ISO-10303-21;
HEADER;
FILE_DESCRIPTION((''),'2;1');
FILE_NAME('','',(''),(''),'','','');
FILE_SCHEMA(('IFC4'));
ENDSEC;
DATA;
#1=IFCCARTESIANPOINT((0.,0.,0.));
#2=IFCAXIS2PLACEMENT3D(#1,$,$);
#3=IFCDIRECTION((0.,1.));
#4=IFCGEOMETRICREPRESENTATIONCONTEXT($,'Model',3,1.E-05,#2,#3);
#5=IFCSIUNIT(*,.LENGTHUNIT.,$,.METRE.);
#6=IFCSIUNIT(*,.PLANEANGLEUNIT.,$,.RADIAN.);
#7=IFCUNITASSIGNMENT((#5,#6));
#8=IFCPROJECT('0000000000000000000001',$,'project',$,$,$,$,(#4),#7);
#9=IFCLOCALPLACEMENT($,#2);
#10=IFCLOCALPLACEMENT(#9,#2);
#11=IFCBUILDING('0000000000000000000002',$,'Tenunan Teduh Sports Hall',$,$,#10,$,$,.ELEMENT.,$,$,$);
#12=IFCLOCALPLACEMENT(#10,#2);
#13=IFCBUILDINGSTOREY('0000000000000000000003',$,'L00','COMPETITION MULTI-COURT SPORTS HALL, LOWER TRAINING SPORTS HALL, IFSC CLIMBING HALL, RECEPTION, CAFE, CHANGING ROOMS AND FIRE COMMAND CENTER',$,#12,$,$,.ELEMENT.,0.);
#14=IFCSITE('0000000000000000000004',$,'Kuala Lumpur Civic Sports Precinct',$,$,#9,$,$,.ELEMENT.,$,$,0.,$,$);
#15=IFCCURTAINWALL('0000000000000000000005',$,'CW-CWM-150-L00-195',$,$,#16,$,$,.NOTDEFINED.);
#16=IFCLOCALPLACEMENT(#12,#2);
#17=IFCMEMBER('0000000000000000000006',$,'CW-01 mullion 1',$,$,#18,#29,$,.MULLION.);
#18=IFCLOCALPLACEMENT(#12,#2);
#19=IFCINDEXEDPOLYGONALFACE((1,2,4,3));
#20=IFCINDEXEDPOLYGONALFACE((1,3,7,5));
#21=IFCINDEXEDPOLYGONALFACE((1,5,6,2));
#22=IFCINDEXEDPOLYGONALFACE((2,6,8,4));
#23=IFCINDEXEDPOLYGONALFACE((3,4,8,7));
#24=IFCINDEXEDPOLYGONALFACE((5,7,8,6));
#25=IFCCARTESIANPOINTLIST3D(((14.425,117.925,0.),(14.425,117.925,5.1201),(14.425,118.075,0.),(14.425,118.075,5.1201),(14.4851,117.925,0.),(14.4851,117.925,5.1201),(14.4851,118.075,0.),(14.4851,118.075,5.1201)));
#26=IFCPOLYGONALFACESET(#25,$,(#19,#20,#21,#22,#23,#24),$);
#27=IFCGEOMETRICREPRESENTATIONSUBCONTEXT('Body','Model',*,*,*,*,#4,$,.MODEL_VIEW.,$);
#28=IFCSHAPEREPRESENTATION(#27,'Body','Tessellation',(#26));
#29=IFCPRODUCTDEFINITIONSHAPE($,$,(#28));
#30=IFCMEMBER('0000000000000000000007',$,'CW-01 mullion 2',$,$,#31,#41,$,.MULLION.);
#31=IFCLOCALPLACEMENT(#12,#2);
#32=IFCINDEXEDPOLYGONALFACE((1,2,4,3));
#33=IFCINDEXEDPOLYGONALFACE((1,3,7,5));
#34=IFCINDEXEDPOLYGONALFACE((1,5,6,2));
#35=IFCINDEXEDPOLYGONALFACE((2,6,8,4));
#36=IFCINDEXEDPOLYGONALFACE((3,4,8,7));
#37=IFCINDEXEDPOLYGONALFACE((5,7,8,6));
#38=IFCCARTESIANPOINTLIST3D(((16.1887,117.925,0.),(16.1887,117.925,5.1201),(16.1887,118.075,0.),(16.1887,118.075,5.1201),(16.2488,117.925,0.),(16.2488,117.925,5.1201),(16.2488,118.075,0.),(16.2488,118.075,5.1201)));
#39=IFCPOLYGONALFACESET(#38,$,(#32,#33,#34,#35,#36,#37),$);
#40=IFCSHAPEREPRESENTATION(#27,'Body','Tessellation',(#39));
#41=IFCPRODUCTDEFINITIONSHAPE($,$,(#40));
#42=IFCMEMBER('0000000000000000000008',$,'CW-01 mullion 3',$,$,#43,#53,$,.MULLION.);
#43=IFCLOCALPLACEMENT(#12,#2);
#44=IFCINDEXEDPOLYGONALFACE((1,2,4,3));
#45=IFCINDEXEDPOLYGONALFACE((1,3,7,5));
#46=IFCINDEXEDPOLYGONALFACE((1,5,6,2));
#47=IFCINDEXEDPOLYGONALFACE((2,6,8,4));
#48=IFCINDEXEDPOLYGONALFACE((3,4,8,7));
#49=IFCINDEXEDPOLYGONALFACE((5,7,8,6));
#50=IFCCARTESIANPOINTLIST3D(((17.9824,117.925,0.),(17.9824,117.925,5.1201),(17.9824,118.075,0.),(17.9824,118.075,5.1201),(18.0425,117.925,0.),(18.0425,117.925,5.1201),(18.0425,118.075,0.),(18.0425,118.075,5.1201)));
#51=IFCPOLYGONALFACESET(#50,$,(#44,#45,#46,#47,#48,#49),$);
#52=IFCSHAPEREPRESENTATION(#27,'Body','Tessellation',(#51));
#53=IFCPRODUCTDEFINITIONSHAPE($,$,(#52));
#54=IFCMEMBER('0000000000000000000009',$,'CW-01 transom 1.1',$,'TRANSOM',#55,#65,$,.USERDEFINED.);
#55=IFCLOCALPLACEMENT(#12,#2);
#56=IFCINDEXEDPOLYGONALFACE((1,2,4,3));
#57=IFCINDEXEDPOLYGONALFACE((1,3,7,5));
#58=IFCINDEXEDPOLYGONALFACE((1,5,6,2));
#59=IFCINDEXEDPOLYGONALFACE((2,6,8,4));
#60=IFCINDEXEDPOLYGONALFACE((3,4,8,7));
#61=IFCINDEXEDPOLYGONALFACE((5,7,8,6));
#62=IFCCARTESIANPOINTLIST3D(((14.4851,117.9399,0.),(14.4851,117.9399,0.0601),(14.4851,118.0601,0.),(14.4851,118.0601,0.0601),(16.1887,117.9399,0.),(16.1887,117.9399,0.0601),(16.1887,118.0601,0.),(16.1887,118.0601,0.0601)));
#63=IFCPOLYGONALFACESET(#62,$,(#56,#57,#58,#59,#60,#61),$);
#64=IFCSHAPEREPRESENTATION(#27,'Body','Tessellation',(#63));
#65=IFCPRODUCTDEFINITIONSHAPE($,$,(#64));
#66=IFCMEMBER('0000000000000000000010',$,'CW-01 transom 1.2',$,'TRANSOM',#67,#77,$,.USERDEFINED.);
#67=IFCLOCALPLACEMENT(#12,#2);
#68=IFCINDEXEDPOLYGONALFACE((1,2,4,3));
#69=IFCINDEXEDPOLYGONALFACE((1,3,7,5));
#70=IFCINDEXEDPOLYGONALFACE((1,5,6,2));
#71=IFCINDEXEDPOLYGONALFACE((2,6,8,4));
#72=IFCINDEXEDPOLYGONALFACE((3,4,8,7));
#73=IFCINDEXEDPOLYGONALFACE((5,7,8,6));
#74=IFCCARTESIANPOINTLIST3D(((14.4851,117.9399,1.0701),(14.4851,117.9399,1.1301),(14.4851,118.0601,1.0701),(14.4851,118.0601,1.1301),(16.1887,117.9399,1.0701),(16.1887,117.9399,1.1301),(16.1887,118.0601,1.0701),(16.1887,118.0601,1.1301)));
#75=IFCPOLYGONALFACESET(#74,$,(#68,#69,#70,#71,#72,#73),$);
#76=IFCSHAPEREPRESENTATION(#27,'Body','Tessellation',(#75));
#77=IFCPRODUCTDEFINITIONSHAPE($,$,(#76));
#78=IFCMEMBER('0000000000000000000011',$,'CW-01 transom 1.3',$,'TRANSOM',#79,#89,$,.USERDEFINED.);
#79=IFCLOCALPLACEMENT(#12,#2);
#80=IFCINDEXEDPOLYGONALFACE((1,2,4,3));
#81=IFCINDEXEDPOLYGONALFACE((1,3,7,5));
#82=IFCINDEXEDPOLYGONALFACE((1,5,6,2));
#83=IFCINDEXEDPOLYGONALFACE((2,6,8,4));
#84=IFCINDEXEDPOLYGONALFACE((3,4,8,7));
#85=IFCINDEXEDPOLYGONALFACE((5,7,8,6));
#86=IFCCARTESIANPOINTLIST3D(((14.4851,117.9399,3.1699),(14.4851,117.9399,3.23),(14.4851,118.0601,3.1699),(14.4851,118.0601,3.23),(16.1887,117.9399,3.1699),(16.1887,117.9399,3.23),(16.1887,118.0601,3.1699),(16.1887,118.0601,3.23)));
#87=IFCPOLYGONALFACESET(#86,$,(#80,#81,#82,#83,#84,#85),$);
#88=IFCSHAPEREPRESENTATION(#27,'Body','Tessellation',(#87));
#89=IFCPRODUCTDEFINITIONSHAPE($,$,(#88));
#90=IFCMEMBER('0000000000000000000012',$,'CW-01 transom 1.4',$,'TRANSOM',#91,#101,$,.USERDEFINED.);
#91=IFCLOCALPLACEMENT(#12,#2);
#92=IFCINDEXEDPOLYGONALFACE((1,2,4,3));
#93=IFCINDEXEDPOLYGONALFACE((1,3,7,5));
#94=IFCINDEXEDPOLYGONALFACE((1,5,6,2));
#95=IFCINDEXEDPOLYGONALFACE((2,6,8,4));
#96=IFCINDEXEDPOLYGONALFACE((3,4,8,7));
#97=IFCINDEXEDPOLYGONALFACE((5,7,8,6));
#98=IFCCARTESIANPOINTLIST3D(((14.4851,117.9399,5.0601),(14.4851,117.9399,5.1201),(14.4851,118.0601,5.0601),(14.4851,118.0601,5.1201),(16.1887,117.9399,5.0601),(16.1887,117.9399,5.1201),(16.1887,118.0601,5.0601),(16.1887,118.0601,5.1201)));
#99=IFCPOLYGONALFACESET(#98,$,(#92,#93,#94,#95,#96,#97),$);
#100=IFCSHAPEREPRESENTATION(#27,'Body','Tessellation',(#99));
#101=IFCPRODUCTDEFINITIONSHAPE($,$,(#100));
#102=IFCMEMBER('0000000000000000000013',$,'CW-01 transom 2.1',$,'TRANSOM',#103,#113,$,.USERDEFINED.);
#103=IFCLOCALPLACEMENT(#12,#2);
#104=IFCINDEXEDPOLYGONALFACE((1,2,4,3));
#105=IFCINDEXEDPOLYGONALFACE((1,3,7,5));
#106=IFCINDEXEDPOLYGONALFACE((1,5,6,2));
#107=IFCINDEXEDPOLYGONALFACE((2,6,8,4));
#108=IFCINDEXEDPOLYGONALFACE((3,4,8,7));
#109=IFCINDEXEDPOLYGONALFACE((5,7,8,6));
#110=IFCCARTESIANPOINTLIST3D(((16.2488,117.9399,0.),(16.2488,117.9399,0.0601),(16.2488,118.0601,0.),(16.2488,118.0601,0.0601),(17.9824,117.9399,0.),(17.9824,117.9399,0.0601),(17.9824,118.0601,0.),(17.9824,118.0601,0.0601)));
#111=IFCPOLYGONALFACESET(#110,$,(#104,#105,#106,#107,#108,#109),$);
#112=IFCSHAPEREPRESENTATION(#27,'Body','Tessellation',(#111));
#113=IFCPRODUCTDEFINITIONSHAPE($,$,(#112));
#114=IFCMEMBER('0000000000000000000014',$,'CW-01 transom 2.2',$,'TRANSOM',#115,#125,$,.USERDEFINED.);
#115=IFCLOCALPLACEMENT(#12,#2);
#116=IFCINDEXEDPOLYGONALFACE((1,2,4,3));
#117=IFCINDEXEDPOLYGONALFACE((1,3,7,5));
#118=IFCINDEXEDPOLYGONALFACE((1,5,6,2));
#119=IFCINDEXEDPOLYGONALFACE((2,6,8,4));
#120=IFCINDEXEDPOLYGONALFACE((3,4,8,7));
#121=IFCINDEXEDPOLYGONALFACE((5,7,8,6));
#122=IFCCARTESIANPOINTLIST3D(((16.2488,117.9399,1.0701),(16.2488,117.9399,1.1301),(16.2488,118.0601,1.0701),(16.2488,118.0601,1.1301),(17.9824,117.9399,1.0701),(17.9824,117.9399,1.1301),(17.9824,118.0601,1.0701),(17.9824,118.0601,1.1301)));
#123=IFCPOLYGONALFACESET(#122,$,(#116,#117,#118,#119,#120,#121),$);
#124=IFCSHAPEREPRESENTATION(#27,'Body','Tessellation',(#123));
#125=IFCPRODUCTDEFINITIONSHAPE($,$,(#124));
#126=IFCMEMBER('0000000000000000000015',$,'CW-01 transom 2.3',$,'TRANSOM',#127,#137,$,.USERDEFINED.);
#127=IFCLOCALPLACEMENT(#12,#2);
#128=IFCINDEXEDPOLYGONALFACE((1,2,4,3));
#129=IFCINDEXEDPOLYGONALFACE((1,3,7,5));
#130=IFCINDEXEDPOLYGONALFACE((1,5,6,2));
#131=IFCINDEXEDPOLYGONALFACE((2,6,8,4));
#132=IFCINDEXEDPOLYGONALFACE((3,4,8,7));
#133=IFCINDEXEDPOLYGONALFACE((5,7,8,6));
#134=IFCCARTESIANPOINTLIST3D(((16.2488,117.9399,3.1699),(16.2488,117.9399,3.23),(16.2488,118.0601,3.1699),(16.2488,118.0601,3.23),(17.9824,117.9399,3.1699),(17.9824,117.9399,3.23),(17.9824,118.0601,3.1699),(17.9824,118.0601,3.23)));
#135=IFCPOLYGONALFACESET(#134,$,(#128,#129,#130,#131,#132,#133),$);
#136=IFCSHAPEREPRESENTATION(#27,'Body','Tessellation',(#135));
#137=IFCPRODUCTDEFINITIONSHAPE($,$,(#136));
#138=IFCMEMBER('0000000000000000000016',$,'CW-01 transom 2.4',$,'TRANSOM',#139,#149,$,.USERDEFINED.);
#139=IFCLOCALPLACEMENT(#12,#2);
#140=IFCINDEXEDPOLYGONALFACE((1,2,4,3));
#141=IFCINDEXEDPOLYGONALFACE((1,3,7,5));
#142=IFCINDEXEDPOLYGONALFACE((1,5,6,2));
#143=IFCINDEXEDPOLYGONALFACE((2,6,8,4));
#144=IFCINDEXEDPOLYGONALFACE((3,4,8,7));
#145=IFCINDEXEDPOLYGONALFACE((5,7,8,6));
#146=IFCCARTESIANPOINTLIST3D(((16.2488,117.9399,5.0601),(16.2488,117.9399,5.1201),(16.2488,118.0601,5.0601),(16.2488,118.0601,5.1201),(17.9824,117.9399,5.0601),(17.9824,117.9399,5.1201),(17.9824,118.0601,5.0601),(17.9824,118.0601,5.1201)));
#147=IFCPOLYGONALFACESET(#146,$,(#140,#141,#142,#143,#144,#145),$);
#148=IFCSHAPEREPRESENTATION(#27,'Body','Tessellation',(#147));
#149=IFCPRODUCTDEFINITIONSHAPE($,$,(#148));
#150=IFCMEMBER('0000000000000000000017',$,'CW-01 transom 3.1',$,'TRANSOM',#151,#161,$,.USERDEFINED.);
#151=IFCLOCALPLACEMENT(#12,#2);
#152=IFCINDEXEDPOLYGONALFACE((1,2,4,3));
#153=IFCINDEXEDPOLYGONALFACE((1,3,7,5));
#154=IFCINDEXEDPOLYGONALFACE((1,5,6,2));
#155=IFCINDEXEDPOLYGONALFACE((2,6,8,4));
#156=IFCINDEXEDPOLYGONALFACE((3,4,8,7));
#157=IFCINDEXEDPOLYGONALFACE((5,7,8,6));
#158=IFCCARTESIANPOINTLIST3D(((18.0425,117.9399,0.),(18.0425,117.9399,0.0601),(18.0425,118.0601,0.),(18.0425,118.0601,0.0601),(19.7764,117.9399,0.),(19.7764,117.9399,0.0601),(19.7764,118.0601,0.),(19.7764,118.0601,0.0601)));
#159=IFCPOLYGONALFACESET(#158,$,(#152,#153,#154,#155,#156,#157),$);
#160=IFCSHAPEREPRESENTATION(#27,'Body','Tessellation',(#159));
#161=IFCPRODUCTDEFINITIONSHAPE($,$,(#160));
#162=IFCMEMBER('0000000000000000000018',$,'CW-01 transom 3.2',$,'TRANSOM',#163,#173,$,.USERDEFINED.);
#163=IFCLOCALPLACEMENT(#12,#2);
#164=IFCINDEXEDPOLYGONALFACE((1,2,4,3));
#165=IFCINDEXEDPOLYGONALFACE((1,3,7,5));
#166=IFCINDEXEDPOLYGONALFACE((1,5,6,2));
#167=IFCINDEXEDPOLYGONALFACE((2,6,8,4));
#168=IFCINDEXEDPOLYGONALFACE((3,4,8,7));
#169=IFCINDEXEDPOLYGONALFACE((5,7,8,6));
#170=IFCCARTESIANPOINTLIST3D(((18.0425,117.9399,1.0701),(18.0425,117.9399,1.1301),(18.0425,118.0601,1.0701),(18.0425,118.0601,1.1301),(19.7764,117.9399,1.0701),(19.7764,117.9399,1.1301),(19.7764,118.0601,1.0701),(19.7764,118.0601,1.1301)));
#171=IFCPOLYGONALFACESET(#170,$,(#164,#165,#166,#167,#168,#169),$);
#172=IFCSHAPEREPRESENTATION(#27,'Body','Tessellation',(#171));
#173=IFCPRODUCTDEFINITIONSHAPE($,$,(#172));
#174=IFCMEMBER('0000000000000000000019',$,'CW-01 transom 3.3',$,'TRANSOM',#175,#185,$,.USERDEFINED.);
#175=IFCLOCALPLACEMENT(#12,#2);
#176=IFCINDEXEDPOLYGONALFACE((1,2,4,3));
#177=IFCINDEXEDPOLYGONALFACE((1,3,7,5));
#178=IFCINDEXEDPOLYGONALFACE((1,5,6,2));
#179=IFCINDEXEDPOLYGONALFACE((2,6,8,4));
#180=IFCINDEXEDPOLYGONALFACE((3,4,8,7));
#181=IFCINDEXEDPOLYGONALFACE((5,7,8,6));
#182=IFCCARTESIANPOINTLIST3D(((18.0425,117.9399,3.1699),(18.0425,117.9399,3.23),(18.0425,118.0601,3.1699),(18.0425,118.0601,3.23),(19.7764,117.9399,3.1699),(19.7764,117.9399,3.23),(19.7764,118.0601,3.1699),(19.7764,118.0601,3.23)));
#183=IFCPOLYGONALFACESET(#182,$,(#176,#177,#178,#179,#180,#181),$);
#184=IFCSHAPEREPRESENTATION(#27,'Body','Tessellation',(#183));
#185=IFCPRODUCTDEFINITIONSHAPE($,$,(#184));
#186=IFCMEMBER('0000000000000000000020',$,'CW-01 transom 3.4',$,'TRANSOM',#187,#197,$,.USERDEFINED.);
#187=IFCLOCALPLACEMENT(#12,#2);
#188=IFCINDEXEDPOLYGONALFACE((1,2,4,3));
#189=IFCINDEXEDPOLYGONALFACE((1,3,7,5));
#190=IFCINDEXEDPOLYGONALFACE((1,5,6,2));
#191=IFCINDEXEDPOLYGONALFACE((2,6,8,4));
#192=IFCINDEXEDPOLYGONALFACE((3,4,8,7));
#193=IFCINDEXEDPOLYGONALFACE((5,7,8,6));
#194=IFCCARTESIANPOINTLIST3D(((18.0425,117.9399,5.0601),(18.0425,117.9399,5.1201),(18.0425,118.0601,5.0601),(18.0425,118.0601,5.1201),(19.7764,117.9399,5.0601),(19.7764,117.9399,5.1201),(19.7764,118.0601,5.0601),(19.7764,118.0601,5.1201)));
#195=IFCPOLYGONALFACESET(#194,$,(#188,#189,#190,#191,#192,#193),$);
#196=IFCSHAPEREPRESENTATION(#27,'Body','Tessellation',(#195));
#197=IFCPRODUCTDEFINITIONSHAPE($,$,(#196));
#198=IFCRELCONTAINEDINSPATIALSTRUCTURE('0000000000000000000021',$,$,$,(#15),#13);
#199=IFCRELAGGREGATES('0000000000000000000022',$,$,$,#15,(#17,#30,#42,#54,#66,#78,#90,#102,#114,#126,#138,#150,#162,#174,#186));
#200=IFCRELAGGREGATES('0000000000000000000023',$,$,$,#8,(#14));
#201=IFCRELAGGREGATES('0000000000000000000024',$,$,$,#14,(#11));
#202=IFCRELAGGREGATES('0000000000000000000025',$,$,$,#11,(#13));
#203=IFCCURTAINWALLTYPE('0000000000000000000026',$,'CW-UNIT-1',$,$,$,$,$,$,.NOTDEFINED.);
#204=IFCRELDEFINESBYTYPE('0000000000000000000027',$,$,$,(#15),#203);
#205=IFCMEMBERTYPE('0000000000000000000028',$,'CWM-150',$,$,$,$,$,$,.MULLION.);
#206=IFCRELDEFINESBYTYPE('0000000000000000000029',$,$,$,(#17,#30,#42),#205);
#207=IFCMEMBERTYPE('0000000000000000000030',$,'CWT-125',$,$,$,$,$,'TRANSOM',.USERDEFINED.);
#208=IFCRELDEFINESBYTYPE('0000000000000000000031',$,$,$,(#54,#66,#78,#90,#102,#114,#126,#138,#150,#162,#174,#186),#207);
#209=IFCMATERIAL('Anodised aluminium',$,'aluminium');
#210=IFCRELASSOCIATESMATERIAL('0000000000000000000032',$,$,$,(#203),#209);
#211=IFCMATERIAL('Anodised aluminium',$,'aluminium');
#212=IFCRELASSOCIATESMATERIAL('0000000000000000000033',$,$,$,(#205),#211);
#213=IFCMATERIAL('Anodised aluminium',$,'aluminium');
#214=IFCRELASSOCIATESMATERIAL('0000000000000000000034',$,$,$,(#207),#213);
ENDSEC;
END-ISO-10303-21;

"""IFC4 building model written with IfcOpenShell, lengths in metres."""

from ifc_helpers import new_model, si_unit, direction, frame, origin, origin_2d, place, context, subcontext, project, spatial, rectangle, extrude, material, material_profile, profile_set, type_object, element, aggregate, save


model = new_model("IFC4")

# Units and contexts
model_context = context("Model", 3, precision=1e-05, world=origin(), true_north=direction((0.0, 1.0)))
body_context = subcontext(model_context, "Body", "Model", "MODEL_VIEW")
ifc_project = project(units=[si_unit("LENGTHUNIT", "METRE"), si_unit("PLANEANGLEUNIT", "RADIAN")], contexts=[model_context])

# Site, building, storey
site_placement = place(None, origin())
site = spatial("IfcSite", under=ifc_project, at=site_placement, Name="Kuala Lumpur Civic Sports Precinct", CompositionType="ELEMENT", RefElevation=0.0)
building_placement = place(site_placement, origin())
building = spatial("IfcBuilding", under=site, at=building_placement, Name="Tenunan Teduh Sports Hall", CompositionType="ELEMENT")
storey_placement = place(building_placement, origin())
storey = spatial("IfcBuildingStorey", under=building, at=storey_placement, Name="L00", Description="COMPETITION MULTI-COURT SPORTS HALL, LOWER TRAINING SPORTS HALL, IFSC CLIMBING HALL, RECEPTION, CAFE, CHANGING ROOMS AND FIRE COMMAND CENTER", CompositionType="ELEMENT", Elevation=0.0)

# Curtain wall, members
ifc_material_1 = material(Name="Anodised aluminium", Category="aluminium")
curtain_wall_type = type_object("IfcCurtainWallType", Name="CW-UNIT-1", PredefinedType="NOTDEFINED", material=ifc_material_1)
curtain_wall_placement = place(storey_placement, origin())
curtain_wall = element("IfcCurtainWall", 1, at=curtain_wall_placement, inside=storey, type_object=curtain_wall_type, Name="CW-CWM-150-L00-195", PredefinedType="NOTDEFINED")
ifc_material_2 = material(Name="Anodised aluminium", Category="aluminium")
ifc_material_profile_1 = material_profile(ifc_material_2, rectangle(XDim=0.0601, YDim=0.1499, at=origin_2d()), Name="CWM 60x150")
ifc_profile_set_1 = profile_set([ifc_material_profile_1], Name="Anodised aluminium")
member_type_1 = type_object("IfcMemberType", Name="CWM-150", PredefinedType="MULLION", material=ifc_profile_set_1)
member_1_placement = place(storey_placement, frame((14.4551, 118.0, 0.0), z_axis=(0.0, 0.0, 1.0), x_axis=(1.0, 0.0, 0.0)))
member_1 = element("IfcMember", 2, at=member_1_placement, type_object=member_type_1, Name="CW-01 mullion 1", PredefinedType="MULLION", context=body_context, shape_type="SweptSolid", body=[
    extrude(rectangle(XDim=0.0601, YDim=0.1499, at=origin_2d()), origin(), (0.0, 0.0, 1.0), 5.1201),
])
member_2_placement = place(storey_placement, frame((16.2188, 118.0, 0.0), z_axis=(0.0, 0.0, 1.0), x_axis=(1.0, 0.0, 0.0)))
member_2 = element("IfcMember", 3, at=member_2_placement, type_object=member_type_1, Name="CW-01 mullion 2", PredefinedType="MULLION", context=body_context, shape_type="SweptSolid", body=[
    extrude(rectangle(XDim=0.0601, YDim=0.1499, at=origin_2d()), origin(), (0.0, 0.0, 1.0), 5.1201),
])
member_3_placement = place(storey_placement, frame((18.0125, 118.0, 0.0), z_axis=(0.0, 0.0, 1.0), x_axis=(1.0, 0.0, 0.0)))
member_3 = element("IfcMember", 4, at=member_3_placement, type_object=member_type_1, Name="CW-01 mullion 3", PredefinedType="MULLION", context=body_context, shape_type="SweptSolid", body=[
    extrude(rectangle(XDim=0.0601, YDim=0.1499, at=origin_2d()), origin(), (0.0, 0.0, 1.0), 5.1201),
])
ifc_material_3 = material(Name="Anodised aluminium", Category="aluminium")
ifc_material_profile_2 = material_profile(ifc_material_3, rectangle(XDim=0.0601, YDim=0.1201, at=origin_2d()), Name="CWT 60x120")
ifc_profile_set_2 = profile_set([ifc_material_profile_2], Name="Anodised aluminium")
member_type_2 = type_object("IfcMemberType", Name="CWT-125", ElementType="TRANSOM", PredefinedType="USERDEFINED", material=ifc_profile_set_2)
member_4_placement = place(storey_placement, frame((14.4851, 118.0, 0.03), z_axis=(1.0, 0.0, 0.0), x_axis=(0.0, 0.0, 1.0)))
member_4 = element("IfcMember", 5, at=member_4_placement, type_object=member_type_2, Name="CW-01 transom 1.1", ObjectType="TRANSOM", PredefinedType="USERDEFINED", context=body_context, shape_type="SweptSolid", body=[
    extrude(rectangle(XDim=0.0601, YDim=0.1201, at=origin_2d()), origin(), (0.0, 0.0, 1.0), 1.7036),
])
member_5_placement = place(storey_placement, frame((14.4851, 118.0, 1.1001), z_axis=(1.0, 0.0, 0.0), x_axis=(0.0, 0.0, 1.0)))
member_5 = element("IfcMember", 6, at=member_5_placement, type_object=member_type_2, Name="CW-01 transom 1.2", ObjectType="TRANSOM", PredefinedType="USERDEFINED", context=body_context, shape_type="SweptSolid", body=[
    extrude(rectangle(XDim=0.0601, YDim=0.1201, at=origin_2d()), origin(), (0.0, 0.0, 1.0), 1.7036),
])
member_6_placement = place(storey_placement, frame((14.4851, 118.0, 3.2), z_axis=(1.0, 0.0, 0.0), x_axis=(0.0, 0.0, 1.0)))
member_6 = element("IfcMember", 7, at=member_6_placement, type_object=member_type_2, Name="CW-01 transom 1.3", ObjectType="TRANSOM", PredefinedType="USERDEFINED", context=body_context, shape_type="SweptSolid", body=[
    extrude(rectangle(XDim=0.0601, YDim=0.1201, at=origin_2d()), origin(), (0.0, 0.0, 1.0), 1.7036),
])
member_7_placement = place(storey_placement, frame((14.4851, 118.0, 5.0901), z_axis=(1.0, 0.0, 0.0), x_axis=(0.0, 0.0, 1.0)))
member_7 = element("IfcMember", 8, at=member_7_placement, type_object=member_type_2, Name="CW-01 transom 1.4", ObjectType="TRANSOM", PredefinedType="USERDEFINED", context=body_context, shape_type="SweptSolid", body=[
    extrude(rectangle(XDim=0.0601, YDim=0.1201, at=origin_2d()), origin(), (0.0, 0.0, 1.0), 1.7036),
])
member_8_placement = place(storey_placement, frame((16.2488, 118.0, 0.03), z_axis=(1.0, 0.0, 0.0), x_axis=(0.0, 0.0, 1.0)))
member_8 = element("IfcMember", 9, at=member_8_placement, type_object=member_type_2, Name="CW-01 transom 2.1", ObjectType="TRANSOM", PredefinedType="USERDEFINED", context=body_context, shape_type="SweptSolid", body=[
    extrude(rectangle(XDim=0.0601, YDim=0.1201, at=origin_2d()), origin(), (0.0, 0.0, 1.0), 1.7336),
])
member_9_placement = place(storey_placement, frame((16.2488, 118.0, 1.1001), z_axis=(1.0, 0.0, 0.0), x_axis=(0.0, 0.0, 1.0)))
member_9 = element("IfcMember", 10, at=member_9_placement, type_object=member_type_2, Name="CW-01 transom 2.2", ObjectType="TRANSOM", PredefinedType="USERDEFINED", context=body_context, shape_type="SweptSolid", body=[
    extrude(rectangle(XDim=0.0601, YDim=0.1201, at=origin_2d()), origin(), (0.0, 0.0, 1.0), 1.7336),
])
member_10_placement = place(storey_placement, frame((16.2488, 118.0, 3.2), z_axis=(1.0, 0.0, 0.0), x_axis=(0.0, 0.0, 1.0)))
member_10 = element("IfcMember", 11, at=member_10_placement, type_object=member_type_2, Name="CW-01 transom 2.3", ObjectType="TRANSOM", PredefinedType="USERDEFINED", context=body_context, shape_type="SweptSolid", body=[
    extrude(rectangle(XDim=0.0601, YDim=0.1201, at=origin_2d()), origin(), (0.0, 0.0, 1.0), 1.7336),
])
member_11_placement = place(storey_placement, frame((16.2488, 118.0, 5.0901), z_axis=(1.0, 0.0, 0.0), x_axis=(0.0, 0.0, 1.0)))
member_11 = element("IfcMember", 12, at=member_11_placement, type_object=member_type_2, Name="CW-01 transom 2.4", ObjectType="TRANSOM", PredefinedType="USERDEFINED", context=body_context, shape_type="SweptSolid", body=[
    extrude(rectangle(XDim=0.0601, YDim=0.1201, at=origin_2d()), origin(), (0.0, 0.0, 1.0), 1.7336),
])
member_12_placement = place(storey_placement, frame((18.0425, 118.0, 0.03), z_axis=(1.0, 0.0, 0.0), x_axis=(0.0, 0.0, 1.0)))
member_12 = element("IfcMember", 13, at=member_12_placement, type_object=member_type_2, Name="CW-01 transom 3.1", ObjectType="TRANSOM", PredefinedType="USERDEFINED", context=body_context, shape_type="SweptSolid", body=[
    extrude(rectangle(XDim=0.0601, YDim=0.1201, at=origin_2d()), origin(), (0.0, 0.0, 1.0), 1.7339),
])
member_13_placement = place(storey_placement, frame((18.0425, 118.0, 1.1001), z_axis=(1.0, 0.0, 0.0), x_axis=(0.0, 0.0, 1.0)))
member_13 = element("IfcMember", 14, at=member_13_placement, type_object=member_type_2, Name="CW-01 transom 3.2", ObjectType="TRANSOM", PredefinedType="USERDEFINED", context=body_context, shape_type="SweptSolid", body=[
    extrude(rectangle(XDim=0.0601, YDim=0.1201, at=origin_2d()), origin(), (0.0, 0.0, 1.0), 1.7339),
])
member_14_placement = place(storey_placement, frame((18.0425, 118.0, 3.2), z_axis=(1.0, 0.0, 0.0), x_axis=(0.0, 0.0, 1.0)))
member_14 = element("IfcMember", 15, at=member_14_placement, type_object=member_type_2, Name="CW-01 transom 3.3", ObjectType="TRANSOM", PredefinedType="USERDEFINED", context=body_context, shape_type="SweptSolid", body=[
    extrude(rectangle(XDim=0.0601, YDim=0.1201, at=origin_2d()), origin(), (0.0, 0.0, 1.0), 1.7339),
])
member_15_placement = place(storey_placement, frame((18.0425, 118.0, 5.0901), z_axis=(1.0, 0.0, 0.0), x_axis=(0.0, 0.0, 1.0)))
member_15 = element("IfcMember", 16, at=member_15_placement, type_object=member_type_2, Name="CW-01 transom 3.4", ObjectType="TRANSOM", PredefinedType="USERDEFINED", context=body_context, shape_type="SweptSolid", body=[
    extrude(rectangle(XDim=0.0601, YDim=0.1201, at=origin_2d()), origin(), (0.0, 0.0, 1.0), 1.7339),
])

aggregate(curtain_wall, [member_1, member_2, member_3, member_4, member_5, member_6, member_7, member_8, member_9, member_10, member_11, member_12, member_13, member_14, member_15])

save(model, "model.ifc")
